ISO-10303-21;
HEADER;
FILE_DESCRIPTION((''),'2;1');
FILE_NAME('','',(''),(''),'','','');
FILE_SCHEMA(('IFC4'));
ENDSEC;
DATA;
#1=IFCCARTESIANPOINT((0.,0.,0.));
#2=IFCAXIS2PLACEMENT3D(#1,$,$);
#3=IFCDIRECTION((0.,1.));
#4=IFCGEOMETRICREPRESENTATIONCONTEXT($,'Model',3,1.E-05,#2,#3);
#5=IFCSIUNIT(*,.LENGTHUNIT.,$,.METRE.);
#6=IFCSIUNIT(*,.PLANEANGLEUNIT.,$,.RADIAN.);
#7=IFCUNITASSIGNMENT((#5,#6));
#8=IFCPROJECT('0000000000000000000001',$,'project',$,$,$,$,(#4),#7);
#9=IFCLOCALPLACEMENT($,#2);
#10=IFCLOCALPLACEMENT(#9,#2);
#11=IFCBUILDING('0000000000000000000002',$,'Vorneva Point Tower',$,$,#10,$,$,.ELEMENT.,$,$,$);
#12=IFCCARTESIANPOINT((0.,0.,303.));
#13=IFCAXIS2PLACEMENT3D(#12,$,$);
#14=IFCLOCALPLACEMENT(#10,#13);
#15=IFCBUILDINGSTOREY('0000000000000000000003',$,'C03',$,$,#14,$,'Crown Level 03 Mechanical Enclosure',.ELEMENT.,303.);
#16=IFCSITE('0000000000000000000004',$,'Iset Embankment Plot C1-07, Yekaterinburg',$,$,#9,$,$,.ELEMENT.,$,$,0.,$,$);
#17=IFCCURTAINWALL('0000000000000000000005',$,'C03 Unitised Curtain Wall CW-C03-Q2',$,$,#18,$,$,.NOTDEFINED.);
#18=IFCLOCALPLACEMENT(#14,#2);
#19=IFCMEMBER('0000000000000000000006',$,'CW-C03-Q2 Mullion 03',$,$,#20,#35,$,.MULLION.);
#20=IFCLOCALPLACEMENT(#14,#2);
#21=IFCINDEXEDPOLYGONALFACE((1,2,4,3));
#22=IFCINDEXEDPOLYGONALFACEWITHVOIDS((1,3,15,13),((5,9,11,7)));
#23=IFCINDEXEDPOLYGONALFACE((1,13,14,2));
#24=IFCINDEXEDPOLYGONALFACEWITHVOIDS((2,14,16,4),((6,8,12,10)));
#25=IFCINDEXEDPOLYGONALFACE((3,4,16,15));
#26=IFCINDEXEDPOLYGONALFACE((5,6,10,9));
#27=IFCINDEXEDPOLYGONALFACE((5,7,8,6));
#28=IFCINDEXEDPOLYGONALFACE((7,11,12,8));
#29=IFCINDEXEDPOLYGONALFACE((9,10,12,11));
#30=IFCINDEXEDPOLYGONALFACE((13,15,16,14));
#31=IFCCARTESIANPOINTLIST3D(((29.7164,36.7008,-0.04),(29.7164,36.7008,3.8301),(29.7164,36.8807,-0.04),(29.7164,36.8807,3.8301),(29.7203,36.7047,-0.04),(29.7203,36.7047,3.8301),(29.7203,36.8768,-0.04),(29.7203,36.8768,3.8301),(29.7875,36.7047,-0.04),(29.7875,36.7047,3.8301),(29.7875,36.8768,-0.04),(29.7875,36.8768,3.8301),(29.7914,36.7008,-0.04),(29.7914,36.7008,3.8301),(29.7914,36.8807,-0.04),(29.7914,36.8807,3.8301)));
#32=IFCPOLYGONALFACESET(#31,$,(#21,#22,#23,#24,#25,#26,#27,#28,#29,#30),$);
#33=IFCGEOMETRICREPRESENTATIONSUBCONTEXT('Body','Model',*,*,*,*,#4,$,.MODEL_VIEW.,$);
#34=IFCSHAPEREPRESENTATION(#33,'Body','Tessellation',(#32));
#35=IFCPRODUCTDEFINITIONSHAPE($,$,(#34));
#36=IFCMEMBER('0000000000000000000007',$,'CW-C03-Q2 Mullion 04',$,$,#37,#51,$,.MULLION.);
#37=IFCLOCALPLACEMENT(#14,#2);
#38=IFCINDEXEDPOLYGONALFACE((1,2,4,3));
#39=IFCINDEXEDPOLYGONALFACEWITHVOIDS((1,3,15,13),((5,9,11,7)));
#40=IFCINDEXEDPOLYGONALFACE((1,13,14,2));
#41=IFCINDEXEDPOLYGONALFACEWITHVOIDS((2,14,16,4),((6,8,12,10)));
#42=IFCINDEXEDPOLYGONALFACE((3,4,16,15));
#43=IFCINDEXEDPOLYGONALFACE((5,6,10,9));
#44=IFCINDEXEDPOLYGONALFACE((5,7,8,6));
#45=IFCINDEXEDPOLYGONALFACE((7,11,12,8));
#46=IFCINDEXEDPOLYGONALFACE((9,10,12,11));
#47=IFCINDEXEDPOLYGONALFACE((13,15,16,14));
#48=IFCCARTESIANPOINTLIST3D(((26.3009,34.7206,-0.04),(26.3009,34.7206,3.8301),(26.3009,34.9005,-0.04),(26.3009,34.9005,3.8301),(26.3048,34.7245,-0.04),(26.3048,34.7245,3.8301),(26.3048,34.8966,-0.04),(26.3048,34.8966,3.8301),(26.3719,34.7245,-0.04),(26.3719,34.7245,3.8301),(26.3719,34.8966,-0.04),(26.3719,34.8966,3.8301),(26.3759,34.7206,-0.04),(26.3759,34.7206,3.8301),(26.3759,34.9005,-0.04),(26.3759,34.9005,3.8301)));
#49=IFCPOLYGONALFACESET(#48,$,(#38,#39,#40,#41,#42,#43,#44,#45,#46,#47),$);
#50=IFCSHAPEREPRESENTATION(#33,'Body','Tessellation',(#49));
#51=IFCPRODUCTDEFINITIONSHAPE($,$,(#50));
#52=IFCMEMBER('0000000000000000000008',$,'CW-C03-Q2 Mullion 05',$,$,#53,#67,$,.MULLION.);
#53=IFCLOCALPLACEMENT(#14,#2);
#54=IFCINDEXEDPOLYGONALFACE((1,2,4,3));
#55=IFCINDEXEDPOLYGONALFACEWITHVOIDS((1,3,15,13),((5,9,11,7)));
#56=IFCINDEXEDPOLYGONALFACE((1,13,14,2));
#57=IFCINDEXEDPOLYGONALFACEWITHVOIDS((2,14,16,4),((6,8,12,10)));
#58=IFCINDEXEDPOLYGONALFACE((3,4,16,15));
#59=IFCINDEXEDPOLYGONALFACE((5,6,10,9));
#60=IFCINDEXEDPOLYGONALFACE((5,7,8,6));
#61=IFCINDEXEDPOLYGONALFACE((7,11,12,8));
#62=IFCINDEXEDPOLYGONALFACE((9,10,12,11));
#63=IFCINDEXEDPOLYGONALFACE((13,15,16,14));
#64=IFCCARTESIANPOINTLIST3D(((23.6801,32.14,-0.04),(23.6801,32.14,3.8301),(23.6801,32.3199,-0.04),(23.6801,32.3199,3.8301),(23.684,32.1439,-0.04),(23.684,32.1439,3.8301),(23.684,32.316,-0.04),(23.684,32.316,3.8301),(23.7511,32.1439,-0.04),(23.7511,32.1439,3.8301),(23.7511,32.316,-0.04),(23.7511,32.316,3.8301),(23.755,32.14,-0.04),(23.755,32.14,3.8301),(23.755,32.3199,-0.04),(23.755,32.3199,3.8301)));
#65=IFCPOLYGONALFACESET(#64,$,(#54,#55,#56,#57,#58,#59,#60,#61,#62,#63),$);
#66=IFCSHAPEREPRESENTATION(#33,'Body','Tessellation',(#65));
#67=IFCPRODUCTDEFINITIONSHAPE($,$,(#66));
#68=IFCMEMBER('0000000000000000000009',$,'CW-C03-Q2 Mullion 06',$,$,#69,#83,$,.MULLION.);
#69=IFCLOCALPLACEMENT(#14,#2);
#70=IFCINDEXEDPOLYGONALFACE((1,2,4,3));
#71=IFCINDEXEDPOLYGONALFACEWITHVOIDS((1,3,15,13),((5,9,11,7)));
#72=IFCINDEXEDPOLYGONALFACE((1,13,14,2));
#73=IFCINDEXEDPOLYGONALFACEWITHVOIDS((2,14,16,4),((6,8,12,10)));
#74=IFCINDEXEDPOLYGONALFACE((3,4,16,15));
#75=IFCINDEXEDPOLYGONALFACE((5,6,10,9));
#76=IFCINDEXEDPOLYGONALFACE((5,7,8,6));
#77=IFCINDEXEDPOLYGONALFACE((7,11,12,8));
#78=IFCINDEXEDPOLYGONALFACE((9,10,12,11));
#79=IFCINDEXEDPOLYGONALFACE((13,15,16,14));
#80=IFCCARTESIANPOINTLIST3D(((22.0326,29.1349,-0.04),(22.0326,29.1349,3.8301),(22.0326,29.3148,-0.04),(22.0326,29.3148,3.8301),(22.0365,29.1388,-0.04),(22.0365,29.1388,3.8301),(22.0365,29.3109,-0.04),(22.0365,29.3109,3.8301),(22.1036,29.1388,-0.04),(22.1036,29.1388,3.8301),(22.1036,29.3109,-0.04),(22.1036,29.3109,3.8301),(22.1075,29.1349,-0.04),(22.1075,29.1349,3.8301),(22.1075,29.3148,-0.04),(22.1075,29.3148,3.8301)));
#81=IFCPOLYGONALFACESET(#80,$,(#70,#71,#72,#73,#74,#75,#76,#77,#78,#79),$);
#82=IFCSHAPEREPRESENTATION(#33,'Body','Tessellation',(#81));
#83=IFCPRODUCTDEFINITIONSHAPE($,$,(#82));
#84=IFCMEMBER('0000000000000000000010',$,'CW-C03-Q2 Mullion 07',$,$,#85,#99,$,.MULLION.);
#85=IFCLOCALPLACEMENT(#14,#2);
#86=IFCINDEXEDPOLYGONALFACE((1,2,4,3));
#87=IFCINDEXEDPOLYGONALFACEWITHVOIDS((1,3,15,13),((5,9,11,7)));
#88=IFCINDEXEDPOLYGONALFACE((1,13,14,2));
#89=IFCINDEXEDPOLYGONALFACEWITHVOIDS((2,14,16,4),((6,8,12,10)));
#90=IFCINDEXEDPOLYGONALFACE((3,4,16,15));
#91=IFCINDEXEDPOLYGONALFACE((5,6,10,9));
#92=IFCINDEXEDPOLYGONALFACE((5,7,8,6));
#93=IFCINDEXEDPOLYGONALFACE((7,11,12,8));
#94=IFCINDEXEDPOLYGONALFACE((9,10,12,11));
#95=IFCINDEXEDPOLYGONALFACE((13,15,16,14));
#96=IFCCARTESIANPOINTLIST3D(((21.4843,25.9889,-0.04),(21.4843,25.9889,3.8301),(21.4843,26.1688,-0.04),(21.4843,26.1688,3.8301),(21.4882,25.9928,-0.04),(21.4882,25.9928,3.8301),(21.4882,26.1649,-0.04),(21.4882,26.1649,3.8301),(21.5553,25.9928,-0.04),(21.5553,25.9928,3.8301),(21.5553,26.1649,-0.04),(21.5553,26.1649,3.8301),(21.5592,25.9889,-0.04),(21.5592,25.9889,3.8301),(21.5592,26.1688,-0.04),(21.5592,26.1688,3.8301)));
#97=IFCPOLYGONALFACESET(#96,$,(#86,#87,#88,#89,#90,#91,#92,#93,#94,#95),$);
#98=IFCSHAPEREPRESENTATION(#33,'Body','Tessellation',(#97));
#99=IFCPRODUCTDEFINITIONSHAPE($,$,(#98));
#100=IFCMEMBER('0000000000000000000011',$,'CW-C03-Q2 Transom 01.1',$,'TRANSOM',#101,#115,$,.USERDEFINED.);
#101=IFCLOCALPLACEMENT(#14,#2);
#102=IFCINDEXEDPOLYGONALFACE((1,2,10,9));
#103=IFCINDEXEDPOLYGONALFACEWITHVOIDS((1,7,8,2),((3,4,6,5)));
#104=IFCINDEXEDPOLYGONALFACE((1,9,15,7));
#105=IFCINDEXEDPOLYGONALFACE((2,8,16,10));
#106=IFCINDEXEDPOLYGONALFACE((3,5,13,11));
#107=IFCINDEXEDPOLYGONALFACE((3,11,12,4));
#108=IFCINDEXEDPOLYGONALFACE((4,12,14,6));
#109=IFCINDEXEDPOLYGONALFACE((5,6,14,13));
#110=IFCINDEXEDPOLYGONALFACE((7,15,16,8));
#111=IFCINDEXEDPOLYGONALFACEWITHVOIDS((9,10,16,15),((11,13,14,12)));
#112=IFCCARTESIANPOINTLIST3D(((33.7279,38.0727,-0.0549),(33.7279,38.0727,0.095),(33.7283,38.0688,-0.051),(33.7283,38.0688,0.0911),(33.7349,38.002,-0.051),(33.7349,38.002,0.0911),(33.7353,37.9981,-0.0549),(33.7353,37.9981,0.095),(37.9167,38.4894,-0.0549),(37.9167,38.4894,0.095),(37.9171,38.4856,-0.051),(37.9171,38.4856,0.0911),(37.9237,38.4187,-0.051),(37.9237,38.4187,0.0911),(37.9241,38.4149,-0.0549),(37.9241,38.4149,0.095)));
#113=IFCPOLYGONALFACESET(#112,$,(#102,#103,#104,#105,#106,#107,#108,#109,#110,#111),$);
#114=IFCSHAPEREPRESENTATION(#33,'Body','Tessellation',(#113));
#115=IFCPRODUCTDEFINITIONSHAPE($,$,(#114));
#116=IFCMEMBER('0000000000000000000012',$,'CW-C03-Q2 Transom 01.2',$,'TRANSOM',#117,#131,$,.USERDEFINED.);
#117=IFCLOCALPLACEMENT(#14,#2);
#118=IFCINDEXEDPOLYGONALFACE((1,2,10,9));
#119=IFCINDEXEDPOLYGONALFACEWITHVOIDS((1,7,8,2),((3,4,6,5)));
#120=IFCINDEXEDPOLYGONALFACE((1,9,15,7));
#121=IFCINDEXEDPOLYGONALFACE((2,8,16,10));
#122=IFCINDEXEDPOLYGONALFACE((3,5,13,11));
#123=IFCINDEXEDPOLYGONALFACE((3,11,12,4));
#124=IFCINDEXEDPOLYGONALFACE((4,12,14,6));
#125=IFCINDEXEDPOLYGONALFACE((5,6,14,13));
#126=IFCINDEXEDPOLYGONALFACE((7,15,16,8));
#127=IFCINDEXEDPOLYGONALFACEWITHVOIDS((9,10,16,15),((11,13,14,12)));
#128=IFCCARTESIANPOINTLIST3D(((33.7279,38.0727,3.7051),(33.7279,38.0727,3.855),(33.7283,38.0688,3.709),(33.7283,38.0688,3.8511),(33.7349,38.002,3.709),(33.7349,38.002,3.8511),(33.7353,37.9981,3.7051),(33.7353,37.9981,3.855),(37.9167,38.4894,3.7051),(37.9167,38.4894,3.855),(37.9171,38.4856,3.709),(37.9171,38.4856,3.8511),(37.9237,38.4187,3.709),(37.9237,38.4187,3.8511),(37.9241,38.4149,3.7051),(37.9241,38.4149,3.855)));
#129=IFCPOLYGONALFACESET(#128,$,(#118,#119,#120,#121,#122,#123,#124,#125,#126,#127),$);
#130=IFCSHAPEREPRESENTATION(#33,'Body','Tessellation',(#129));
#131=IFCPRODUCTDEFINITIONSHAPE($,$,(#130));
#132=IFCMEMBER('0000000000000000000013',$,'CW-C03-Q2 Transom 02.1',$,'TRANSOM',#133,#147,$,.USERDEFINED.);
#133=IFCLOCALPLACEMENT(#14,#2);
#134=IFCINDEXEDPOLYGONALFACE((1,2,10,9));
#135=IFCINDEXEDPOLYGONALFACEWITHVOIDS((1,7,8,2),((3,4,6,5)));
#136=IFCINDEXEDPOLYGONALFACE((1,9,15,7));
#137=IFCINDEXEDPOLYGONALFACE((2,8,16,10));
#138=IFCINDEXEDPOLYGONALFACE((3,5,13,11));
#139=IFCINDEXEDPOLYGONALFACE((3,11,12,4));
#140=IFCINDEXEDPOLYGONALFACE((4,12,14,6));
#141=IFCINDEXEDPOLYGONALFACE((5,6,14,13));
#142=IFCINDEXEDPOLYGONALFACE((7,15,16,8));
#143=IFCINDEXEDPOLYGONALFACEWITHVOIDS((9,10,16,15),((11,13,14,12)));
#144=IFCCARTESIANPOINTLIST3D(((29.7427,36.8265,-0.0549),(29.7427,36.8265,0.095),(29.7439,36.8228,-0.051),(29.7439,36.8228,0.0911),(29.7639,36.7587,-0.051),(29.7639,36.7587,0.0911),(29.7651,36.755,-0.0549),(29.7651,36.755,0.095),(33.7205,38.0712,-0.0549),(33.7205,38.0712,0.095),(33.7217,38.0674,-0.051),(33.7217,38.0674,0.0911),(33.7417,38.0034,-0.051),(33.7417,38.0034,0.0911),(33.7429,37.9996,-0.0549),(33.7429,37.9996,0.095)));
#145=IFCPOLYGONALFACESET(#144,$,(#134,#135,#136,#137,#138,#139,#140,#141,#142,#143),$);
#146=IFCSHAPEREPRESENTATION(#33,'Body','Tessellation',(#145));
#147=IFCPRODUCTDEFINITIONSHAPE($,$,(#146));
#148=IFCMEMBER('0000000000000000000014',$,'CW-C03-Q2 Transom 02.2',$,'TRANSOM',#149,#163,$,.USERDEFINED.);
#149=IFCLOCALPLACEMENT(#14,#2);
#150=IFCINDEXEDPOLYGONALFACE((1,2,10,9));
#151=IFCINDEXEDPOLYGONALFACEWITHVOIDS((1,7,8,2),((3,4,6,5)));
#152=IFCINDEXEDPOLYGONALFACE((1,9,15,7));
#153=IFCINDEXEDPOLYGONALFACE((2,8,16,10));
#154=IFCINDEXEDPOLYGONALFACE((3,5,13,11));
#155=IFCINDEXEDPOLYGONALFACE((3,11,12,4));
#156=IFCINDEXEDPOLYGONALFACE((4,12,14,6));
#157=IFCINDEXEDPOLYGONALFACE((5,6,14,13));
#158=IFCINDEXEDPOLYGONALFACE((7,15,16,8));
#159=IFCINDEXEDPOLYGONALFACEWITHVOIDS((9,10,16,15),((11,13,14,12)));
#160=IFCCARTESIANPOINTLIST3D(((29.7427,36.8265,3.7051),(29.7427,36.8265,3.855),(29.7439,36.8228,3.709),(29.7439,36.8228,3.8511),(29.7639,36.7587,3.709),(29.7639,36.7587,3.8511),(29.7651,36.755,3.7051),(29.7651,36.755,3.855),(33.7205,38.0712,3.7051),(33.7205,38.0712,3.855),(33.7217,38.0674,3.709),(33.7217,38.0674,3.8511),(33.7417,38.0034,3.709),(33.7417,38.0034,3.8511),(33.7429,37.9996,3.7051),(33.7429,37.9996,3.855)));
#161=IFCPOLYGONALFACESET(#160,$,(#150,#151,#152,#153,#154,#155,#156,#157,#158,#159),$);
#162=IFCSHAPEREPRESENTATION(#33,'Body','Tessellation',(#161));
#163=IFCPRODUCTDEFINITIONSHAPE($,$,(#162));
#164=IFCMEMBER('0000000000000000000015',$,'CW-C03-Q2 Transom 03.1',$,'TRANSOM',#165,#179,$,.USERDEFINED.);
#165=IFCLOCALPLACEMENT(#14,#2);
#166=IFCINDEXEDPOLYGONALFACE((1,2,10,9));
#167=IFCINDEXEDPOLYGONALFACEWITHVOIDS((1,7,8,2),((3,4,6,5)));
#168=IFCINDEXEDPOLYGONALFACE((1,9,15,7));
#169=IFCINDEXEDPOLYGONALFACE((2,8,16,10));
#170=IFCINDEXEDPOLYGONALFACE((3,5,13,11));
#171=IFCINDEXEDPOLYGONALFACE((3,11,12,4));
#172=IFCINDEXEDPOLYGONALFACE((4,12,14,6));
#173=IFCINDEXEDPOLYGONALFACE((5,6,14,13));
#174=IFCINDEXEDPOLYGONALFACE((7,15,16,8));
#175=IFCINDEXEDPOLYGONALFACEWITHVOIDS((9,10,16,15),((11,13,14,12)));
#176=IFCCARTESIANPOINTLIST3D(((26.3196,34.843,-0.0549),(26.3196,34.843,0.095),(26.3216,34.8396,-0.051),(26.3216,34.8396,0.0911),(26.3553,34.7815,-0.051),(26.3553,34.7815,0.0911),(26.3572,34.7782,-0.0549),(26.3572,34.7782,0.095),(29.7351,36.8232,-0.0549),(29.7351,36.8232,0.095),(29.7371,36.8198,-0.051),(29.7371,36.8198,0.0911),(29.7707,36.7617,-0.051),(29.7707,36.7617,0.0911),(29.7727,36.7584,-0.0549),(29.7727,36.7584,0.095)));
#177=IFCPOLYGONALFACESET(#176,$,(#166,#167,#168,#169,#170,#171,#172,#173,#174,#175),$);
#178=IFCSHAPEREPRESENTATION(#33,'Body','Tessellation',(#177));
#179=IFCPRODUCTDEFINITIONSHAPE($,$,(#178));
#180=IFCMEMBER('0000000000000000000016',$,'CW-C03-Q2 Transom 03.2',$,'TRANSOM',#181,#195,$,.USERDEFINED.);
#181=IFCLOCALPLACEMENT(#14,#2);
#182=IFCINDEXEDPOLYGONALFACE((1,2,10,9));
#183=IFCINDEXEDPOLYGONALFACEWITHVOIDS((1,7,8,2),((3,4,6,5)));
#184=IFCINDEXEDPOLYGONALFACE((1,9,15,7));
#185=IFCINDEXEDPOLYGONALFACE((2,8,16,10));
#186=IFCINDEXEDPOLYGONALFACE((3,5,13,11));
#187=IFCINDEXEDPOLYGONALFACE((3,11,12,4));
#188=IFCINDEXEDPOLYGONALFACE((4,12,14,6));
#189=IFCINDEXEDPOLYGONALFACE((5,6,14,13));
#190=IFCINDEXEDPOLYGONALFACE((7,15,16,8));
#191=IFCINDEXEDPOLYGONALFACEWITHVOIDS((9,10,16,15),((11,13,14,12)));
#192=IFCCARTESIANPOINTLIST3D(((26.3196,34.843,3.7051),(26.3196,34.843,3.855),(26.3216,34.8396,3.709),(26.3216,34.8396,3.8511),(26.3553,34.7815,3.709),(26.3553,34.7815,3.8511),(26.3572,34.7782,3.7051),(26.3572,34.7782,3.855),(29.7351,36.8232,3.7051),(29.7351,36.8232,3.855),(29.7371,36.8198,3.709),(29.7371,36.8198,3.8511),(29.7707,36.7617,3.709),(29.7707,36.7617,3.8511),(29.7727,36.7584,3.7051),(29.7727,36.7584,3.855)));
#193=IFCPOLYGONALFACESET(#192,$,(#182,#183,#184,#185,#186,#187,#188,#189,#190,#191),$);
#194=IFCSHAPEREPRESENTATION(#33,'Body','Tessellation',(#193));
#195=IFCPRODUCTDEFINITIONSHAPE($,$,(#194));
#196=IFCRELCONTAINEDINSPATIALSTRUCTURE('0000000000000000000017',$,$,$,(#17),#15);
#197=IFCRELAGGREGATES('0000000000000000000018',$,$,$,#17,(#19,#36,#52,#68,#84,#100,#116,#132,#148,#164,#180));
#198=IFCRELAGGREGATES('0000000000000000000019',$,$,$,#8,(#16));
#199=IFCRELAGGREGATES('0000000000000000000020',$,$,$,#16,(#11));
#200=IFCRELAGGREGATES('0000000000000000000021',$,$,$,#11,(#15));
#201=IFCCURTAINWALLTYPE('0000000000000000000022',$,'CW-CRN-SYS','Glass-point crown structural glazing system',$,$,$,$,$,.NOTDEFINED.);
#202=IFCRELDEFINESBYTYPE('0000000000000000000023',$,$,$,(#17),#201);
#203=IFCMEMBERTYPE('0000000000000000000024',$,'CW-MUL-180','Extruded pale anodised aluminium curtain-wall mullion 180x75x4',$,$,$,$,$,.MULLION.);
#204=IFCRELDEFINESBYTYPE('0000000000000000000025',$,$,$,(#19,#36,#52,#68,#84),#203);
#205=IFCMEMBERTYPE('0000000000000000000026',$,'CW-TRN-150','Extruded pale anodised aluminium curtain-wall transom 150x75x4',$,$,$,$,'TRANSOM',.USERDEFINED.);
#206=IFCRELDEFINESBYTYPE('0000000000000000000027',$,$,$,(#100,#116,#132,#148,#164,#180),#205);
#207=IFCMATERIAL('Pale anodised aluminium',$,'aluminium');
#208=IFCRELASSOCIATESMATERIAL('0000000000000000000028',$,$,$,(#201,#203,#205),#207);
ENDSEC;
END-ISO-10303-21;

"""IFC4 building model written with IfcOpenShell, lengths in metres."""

from ifc_helpers import new_model, si_unit, direction, frame, origin, origin_2d, place, context, subcontext, project, spatial, hollow_rectangle, extrude, material, material_profile, profile_set, type_object, element, aggregate, save


model = new_model("IFC4")

# Units and contexts
model_context = context("Model", 3, precision=1e-05, world=origin(), true_north=direction((0.0, 1.0)))
body_context = subcontext(model_context, "Body", "Model", "MODEL_VIEW")
ifc_project = project(units=[si_unit("LENGTHUNIT", "METRE"), si_unit("PLANEANGLEUNIT", "RADIAN")], contexts=[model_context])

# Site, building, storey
site_placement = place(None, origin())
site = spatial("IfcSite", under=ifc_project, at=site_placement, Name="Iset Embankment Plot C1-07, Yekaterinburg", CompositionType="ELEMENT", RefElevation=0.0)
building_placement = place(site_placement, origin())
building = spatial("IfcBuilding", under=site, at=building_placement, Name="Vorneva Point Tower", CompositionType="ELEMENT")
storey_placement = place(building_placement, frame((0.0, 0.0, 303.0)))
storey = spatial("IfcBuildingStorey", under=building, at=storey_placement, Name="C03", LongName="Crown Level 03 Mechanical Enclosure", CompositionType="ELEMENT", Elevation=303.0)

# Curtain wall, members
ifc_material_1 = material(Name="Pale anodised aluminium", Category="aluminium")
curtain_wall_type = type_object("IfcCurtainWallType", Name="CW-CRN-SYS", Description="Glass-point crown structural glazing system", PredefinedType="NOTDEFINED", material=ifc_material_1)
curtain_wall_placement = place(storey_placement, origin())
curtain_wall = element("IfcCurtainWall", 1, at=curtain_wall_placement, inside=storey, type_object=curtain_wall_type, Name="C03 Unitised Curtain Wall CW-C03-Q2", PredefinedType="NOTDEFINED")
ifc_material_profile_1 = material_profile(ifc_material_1, hollow_rectangle(XDim=0.075, YDim=0.1799, WallThickness=0.0039, at=origin_2d()), Name="AL-MUL 180x75x4")
ifc_profile_set_1 = profile_set([ifc_material_profile_1], Name="Pale anodised aluminium")
member_type_1 = type_object("IfcMemberType", Name="CW-MUL-180", Description="Extruded pale anodised aluminium curtain-wall mullion 180x75x4", PredefinedType="MULLION", material=ifc_profile_set_1)
member_1_placement = place(storey_placement, frame((29.7539, 36.7908, -0.04), z_axis=(0.0, 0.0, 1.0), x_axis=(1.0, 0.0, 0.0)))
member_1 = element("IfcMember", 2, at=member_1_placement, type_object=member_type_1, Name="CW-C03-Q2 Mullion 03", PredefinedType="MULLION", context=body_context, shape_type="SweptSolid", body=[
    extrude(hollow_rectangle(XDim=0.075, YDim=0.1799, WallThickness=0.0039, at=origin_2d()), origin(), (0.0, 0.0, 1.0), 3.8701),
])
member_2_placement = place(storey_placement, frame((26.3384, 34.8105, -0.04), z_axis=(0.0, 0.0, 1.0), x_axis=(1.0, 0.0, 0.0)))
member_2 = element("IfcMember", 3, at=member_2_placement, type_object=member_type_1, Name="CW-C03-Q2 Mullion 04", PredefinedType="MULLION", context=body_context, shape_type="SweptSolid", body=[
    extrude(hollow_rectangle(XDim=0.075, YDim=0.1799, WallThickness=0.0039, at=origin_2d()), origin(), (0.0, 0.0, 1.0), 3.8701),
])
member_3_placement = place(storey_placement, frame((23.7175, 32.23, -0.04), z_axis=(0.0, 0.0, 1.0), x_axis=(1.0, 0.0, 0.0)))
member_3 = element("IfcMember", 4, at=member_3_placement, type_object=member_type_1, Name="CW-C03-Q2 Mullion 05", PredefinedType="MULLION", context=body_context, shape_type="SweptSolid", body=[
    extrude(hollow_rectangle(XDim=0.075, YDim=0.1799, WallThickness=0.0039, at=origin_2d()), origin(), (0.0, 0.0, 1.0), 3.8701),
])
member_4_placement = place(storey_placement, frame((22.0701, 29.2249, -0.04), z_axis=(0.0, 0.0, 1.0), x_axis=(1.0, 0.0, 0.0)))
member_4 = element("IfcMember", 5, at=member_4_placement, type_object=member_type_1, Name="CW-C03-Q2 Mullion 06", PredefinedType="MULLION", context=body_context, shape_type="SweptSolid", body=[
    extrude(hollow_rectangle(XDim=0.075, YDim=0.1799, WallThickness=0.0039, at=origin_2d()), origin(), (0.0, 0.0, 1.0), 3.8701),
])
member_5_placement = place(storey_placement, frame((21.5217, 26.0789, -0.04), z_axis=(0.0, 0.0, 1.0), x_axis=(1.0, 0.0, 0.0)))
member_5 = element("IfcMember", 6, at=member_5_placement, type_object=member_type_1, Name="CW-C03-Q2 Mullion 07", PredefinedType="MULLION", context=body_context, shape_type="SweptSolid", body=[
    extrude(hollow_rectangle(XDim=0.075, YDim=0.1799, WallThickness=0.0039, at=origin_2d()), origin(), (0.0, 0.0, 1.0), 3.8701),
])
ifc_material_profile_2 = material_profile(ifc_material_1, hollow_rectangle(XDim=0.075, YDim=0.1499, WallThickness=0.0039, at=origin_2d()), Name="AL-TRN 150x75x4")
ifc_profile_set_2 = profile_set([ifc_material_profile_2], Name="Pale anodised aluminium")
member_type_2 = type_object("IfcMemberType", Name="CW-TRN-150", Description="Extruded pale anodised aluminium curtain-wall transom 150x75x4", ElementType="TRANSOM", PredefinedType="USERDEFINED", material=ifc_profile_set_2)
member_6_placement = place(storey_placement, frame((37.9204, 38.4521, 0.02), z_axis=(-0.995087, -0.099004, 0.0), x_axis=(0.099004, -0.995087, 0.0)))
member_6 = element("IfcMember", 7, at=member_6_placement, type_object=member_type_2, Name="CW-C03-Q2 Transom 01.1", ObjectType="TRANSOM", PredefinedType="USERDEFINED", context=body_context, shape_type="SweptSolid", body=[
    extrude(hollow_rectangle(XDim=0.075, YDim=0.1499, WallThickness=0.0039, at=origin_2d()), origin(), (0.0, 0.0, 1.0), 4.2095),
])
member_7_placement = place(storey_placement, frame((37.9204, 38.4521, 3.78), z_axis=(-0.995087, -0.099004, 0.0), x_axis=(0.099004, -0.995087, 0.0)))
member_7 = element("IfcMember", 8, at=member_7_placement, type_object=member_type_2, Name="CW-C03-Q2 Transom 01.2", ObjectType="TRANSOM", PredefinedType="USERDEFINED", context=body_context, shape_type="SweptSolid", body=[
    extrude(hollow_rectangle(XDim=0.075, YDim=0.1499, WallThickness=0.0039, at=origin_2d()), origin(), (0.0, 0.0, 1.0), 4.2095),
])
member_8_placement = place(storey_placement, frame((33.7317, 38.0354, 0.02), z_axis=(-0.954373, -0.298619, 0.0), x_axis=(0.298619, -0.954373, 0.0)))
member_8 = element("IfcMember", 9, at=member_8_placement, type_object=member_type_2, Name="CW-C03-Q2 Transom 02.1", ObjectType="TRANSOM", PredefinedType="USERDEFINED", context=body_context, shape_type="SweptSolid", body=[
    extrude(hollow_rectangle(XDim=0.075, YDim=0.1499, WallThickness=0.0039, at=origin_2d()), origin(), (0.0, 0.0, 1.0), 4.168),
])
member_9_placement = place(storey_placement, frame((33.7317, 38.0354, 3.78), z_axis=(-0.954373, -0.298619, 0.0), x_axis=(0.298619, -0.954373, 0.0)))
member_9 = element("IfcMember", 10, at=member_9_placement, type_object=member_type_2, Name="CW-C03-Q2 Transom 02.2", ObjectType="TRANSOM", PredefinedType="USERDEFINED", context=body_context, shape_type="SweptSolid", body=[
    extrude(hollow_rectangle(XDim=0.075, YDim=0.1499, WallThickness=0.0039, at=origin_2d()), origin(), (0.0, 0.0, 1.0), 4.168),
])
member_10_placement = place(storey_placement, frame((29.7539, 36.7908, 0.02), z_axis=(-0.865117, -0.50157, 0.0), x_axis=(0.50157, -0.865117, 0.0)))
member_10 = element("IfcMember", 11, at=member_10_placement, type_object=member_type_2, Name="CW-C03-Q2 Transom 03.1", ObjectType="TRANSOM", PredefinedType="USERDEFINED", context=body_context, shape_type="SweptSolid", body=[
    extrude(hollow_rectangle(XDim=0.075, YDim=0.1499, WallThickness=0.0039, at=origin_2d()), origin(), (0.0, 0.0, 1.0), 3.948),
])
member_11_placement = place(storey_placement, frame((29.7539, 36.7908, 3.78), z_axis=(-0.865117, -0.50157, 0.0), x_axis=(0.50157, -0.865117, 0.0)))
member_11 = element("IfcMember", 12, at=member_11_placement, type_object=member_type_2, Name="CW-C03-Q2 Transom 03.2", ObjectType="TRANSOM", PredefinedType="USERDEFINED", context=body_context, shape_type="SweptSolid", body=[
    extrude(hollow_rectangle(XDim=0.075, YDim=0.1499, WallThickness=0.0039, at=origin_2d()), origin(), (0.0, 0.0, 1.0), 3.948),
])

aggregate(curtain_wall, [member_1, member_2, member_3, member_4, member_5, member_6, member_7, member_8, member_9, member_10, member_11])

save(model, "model.ifc")
